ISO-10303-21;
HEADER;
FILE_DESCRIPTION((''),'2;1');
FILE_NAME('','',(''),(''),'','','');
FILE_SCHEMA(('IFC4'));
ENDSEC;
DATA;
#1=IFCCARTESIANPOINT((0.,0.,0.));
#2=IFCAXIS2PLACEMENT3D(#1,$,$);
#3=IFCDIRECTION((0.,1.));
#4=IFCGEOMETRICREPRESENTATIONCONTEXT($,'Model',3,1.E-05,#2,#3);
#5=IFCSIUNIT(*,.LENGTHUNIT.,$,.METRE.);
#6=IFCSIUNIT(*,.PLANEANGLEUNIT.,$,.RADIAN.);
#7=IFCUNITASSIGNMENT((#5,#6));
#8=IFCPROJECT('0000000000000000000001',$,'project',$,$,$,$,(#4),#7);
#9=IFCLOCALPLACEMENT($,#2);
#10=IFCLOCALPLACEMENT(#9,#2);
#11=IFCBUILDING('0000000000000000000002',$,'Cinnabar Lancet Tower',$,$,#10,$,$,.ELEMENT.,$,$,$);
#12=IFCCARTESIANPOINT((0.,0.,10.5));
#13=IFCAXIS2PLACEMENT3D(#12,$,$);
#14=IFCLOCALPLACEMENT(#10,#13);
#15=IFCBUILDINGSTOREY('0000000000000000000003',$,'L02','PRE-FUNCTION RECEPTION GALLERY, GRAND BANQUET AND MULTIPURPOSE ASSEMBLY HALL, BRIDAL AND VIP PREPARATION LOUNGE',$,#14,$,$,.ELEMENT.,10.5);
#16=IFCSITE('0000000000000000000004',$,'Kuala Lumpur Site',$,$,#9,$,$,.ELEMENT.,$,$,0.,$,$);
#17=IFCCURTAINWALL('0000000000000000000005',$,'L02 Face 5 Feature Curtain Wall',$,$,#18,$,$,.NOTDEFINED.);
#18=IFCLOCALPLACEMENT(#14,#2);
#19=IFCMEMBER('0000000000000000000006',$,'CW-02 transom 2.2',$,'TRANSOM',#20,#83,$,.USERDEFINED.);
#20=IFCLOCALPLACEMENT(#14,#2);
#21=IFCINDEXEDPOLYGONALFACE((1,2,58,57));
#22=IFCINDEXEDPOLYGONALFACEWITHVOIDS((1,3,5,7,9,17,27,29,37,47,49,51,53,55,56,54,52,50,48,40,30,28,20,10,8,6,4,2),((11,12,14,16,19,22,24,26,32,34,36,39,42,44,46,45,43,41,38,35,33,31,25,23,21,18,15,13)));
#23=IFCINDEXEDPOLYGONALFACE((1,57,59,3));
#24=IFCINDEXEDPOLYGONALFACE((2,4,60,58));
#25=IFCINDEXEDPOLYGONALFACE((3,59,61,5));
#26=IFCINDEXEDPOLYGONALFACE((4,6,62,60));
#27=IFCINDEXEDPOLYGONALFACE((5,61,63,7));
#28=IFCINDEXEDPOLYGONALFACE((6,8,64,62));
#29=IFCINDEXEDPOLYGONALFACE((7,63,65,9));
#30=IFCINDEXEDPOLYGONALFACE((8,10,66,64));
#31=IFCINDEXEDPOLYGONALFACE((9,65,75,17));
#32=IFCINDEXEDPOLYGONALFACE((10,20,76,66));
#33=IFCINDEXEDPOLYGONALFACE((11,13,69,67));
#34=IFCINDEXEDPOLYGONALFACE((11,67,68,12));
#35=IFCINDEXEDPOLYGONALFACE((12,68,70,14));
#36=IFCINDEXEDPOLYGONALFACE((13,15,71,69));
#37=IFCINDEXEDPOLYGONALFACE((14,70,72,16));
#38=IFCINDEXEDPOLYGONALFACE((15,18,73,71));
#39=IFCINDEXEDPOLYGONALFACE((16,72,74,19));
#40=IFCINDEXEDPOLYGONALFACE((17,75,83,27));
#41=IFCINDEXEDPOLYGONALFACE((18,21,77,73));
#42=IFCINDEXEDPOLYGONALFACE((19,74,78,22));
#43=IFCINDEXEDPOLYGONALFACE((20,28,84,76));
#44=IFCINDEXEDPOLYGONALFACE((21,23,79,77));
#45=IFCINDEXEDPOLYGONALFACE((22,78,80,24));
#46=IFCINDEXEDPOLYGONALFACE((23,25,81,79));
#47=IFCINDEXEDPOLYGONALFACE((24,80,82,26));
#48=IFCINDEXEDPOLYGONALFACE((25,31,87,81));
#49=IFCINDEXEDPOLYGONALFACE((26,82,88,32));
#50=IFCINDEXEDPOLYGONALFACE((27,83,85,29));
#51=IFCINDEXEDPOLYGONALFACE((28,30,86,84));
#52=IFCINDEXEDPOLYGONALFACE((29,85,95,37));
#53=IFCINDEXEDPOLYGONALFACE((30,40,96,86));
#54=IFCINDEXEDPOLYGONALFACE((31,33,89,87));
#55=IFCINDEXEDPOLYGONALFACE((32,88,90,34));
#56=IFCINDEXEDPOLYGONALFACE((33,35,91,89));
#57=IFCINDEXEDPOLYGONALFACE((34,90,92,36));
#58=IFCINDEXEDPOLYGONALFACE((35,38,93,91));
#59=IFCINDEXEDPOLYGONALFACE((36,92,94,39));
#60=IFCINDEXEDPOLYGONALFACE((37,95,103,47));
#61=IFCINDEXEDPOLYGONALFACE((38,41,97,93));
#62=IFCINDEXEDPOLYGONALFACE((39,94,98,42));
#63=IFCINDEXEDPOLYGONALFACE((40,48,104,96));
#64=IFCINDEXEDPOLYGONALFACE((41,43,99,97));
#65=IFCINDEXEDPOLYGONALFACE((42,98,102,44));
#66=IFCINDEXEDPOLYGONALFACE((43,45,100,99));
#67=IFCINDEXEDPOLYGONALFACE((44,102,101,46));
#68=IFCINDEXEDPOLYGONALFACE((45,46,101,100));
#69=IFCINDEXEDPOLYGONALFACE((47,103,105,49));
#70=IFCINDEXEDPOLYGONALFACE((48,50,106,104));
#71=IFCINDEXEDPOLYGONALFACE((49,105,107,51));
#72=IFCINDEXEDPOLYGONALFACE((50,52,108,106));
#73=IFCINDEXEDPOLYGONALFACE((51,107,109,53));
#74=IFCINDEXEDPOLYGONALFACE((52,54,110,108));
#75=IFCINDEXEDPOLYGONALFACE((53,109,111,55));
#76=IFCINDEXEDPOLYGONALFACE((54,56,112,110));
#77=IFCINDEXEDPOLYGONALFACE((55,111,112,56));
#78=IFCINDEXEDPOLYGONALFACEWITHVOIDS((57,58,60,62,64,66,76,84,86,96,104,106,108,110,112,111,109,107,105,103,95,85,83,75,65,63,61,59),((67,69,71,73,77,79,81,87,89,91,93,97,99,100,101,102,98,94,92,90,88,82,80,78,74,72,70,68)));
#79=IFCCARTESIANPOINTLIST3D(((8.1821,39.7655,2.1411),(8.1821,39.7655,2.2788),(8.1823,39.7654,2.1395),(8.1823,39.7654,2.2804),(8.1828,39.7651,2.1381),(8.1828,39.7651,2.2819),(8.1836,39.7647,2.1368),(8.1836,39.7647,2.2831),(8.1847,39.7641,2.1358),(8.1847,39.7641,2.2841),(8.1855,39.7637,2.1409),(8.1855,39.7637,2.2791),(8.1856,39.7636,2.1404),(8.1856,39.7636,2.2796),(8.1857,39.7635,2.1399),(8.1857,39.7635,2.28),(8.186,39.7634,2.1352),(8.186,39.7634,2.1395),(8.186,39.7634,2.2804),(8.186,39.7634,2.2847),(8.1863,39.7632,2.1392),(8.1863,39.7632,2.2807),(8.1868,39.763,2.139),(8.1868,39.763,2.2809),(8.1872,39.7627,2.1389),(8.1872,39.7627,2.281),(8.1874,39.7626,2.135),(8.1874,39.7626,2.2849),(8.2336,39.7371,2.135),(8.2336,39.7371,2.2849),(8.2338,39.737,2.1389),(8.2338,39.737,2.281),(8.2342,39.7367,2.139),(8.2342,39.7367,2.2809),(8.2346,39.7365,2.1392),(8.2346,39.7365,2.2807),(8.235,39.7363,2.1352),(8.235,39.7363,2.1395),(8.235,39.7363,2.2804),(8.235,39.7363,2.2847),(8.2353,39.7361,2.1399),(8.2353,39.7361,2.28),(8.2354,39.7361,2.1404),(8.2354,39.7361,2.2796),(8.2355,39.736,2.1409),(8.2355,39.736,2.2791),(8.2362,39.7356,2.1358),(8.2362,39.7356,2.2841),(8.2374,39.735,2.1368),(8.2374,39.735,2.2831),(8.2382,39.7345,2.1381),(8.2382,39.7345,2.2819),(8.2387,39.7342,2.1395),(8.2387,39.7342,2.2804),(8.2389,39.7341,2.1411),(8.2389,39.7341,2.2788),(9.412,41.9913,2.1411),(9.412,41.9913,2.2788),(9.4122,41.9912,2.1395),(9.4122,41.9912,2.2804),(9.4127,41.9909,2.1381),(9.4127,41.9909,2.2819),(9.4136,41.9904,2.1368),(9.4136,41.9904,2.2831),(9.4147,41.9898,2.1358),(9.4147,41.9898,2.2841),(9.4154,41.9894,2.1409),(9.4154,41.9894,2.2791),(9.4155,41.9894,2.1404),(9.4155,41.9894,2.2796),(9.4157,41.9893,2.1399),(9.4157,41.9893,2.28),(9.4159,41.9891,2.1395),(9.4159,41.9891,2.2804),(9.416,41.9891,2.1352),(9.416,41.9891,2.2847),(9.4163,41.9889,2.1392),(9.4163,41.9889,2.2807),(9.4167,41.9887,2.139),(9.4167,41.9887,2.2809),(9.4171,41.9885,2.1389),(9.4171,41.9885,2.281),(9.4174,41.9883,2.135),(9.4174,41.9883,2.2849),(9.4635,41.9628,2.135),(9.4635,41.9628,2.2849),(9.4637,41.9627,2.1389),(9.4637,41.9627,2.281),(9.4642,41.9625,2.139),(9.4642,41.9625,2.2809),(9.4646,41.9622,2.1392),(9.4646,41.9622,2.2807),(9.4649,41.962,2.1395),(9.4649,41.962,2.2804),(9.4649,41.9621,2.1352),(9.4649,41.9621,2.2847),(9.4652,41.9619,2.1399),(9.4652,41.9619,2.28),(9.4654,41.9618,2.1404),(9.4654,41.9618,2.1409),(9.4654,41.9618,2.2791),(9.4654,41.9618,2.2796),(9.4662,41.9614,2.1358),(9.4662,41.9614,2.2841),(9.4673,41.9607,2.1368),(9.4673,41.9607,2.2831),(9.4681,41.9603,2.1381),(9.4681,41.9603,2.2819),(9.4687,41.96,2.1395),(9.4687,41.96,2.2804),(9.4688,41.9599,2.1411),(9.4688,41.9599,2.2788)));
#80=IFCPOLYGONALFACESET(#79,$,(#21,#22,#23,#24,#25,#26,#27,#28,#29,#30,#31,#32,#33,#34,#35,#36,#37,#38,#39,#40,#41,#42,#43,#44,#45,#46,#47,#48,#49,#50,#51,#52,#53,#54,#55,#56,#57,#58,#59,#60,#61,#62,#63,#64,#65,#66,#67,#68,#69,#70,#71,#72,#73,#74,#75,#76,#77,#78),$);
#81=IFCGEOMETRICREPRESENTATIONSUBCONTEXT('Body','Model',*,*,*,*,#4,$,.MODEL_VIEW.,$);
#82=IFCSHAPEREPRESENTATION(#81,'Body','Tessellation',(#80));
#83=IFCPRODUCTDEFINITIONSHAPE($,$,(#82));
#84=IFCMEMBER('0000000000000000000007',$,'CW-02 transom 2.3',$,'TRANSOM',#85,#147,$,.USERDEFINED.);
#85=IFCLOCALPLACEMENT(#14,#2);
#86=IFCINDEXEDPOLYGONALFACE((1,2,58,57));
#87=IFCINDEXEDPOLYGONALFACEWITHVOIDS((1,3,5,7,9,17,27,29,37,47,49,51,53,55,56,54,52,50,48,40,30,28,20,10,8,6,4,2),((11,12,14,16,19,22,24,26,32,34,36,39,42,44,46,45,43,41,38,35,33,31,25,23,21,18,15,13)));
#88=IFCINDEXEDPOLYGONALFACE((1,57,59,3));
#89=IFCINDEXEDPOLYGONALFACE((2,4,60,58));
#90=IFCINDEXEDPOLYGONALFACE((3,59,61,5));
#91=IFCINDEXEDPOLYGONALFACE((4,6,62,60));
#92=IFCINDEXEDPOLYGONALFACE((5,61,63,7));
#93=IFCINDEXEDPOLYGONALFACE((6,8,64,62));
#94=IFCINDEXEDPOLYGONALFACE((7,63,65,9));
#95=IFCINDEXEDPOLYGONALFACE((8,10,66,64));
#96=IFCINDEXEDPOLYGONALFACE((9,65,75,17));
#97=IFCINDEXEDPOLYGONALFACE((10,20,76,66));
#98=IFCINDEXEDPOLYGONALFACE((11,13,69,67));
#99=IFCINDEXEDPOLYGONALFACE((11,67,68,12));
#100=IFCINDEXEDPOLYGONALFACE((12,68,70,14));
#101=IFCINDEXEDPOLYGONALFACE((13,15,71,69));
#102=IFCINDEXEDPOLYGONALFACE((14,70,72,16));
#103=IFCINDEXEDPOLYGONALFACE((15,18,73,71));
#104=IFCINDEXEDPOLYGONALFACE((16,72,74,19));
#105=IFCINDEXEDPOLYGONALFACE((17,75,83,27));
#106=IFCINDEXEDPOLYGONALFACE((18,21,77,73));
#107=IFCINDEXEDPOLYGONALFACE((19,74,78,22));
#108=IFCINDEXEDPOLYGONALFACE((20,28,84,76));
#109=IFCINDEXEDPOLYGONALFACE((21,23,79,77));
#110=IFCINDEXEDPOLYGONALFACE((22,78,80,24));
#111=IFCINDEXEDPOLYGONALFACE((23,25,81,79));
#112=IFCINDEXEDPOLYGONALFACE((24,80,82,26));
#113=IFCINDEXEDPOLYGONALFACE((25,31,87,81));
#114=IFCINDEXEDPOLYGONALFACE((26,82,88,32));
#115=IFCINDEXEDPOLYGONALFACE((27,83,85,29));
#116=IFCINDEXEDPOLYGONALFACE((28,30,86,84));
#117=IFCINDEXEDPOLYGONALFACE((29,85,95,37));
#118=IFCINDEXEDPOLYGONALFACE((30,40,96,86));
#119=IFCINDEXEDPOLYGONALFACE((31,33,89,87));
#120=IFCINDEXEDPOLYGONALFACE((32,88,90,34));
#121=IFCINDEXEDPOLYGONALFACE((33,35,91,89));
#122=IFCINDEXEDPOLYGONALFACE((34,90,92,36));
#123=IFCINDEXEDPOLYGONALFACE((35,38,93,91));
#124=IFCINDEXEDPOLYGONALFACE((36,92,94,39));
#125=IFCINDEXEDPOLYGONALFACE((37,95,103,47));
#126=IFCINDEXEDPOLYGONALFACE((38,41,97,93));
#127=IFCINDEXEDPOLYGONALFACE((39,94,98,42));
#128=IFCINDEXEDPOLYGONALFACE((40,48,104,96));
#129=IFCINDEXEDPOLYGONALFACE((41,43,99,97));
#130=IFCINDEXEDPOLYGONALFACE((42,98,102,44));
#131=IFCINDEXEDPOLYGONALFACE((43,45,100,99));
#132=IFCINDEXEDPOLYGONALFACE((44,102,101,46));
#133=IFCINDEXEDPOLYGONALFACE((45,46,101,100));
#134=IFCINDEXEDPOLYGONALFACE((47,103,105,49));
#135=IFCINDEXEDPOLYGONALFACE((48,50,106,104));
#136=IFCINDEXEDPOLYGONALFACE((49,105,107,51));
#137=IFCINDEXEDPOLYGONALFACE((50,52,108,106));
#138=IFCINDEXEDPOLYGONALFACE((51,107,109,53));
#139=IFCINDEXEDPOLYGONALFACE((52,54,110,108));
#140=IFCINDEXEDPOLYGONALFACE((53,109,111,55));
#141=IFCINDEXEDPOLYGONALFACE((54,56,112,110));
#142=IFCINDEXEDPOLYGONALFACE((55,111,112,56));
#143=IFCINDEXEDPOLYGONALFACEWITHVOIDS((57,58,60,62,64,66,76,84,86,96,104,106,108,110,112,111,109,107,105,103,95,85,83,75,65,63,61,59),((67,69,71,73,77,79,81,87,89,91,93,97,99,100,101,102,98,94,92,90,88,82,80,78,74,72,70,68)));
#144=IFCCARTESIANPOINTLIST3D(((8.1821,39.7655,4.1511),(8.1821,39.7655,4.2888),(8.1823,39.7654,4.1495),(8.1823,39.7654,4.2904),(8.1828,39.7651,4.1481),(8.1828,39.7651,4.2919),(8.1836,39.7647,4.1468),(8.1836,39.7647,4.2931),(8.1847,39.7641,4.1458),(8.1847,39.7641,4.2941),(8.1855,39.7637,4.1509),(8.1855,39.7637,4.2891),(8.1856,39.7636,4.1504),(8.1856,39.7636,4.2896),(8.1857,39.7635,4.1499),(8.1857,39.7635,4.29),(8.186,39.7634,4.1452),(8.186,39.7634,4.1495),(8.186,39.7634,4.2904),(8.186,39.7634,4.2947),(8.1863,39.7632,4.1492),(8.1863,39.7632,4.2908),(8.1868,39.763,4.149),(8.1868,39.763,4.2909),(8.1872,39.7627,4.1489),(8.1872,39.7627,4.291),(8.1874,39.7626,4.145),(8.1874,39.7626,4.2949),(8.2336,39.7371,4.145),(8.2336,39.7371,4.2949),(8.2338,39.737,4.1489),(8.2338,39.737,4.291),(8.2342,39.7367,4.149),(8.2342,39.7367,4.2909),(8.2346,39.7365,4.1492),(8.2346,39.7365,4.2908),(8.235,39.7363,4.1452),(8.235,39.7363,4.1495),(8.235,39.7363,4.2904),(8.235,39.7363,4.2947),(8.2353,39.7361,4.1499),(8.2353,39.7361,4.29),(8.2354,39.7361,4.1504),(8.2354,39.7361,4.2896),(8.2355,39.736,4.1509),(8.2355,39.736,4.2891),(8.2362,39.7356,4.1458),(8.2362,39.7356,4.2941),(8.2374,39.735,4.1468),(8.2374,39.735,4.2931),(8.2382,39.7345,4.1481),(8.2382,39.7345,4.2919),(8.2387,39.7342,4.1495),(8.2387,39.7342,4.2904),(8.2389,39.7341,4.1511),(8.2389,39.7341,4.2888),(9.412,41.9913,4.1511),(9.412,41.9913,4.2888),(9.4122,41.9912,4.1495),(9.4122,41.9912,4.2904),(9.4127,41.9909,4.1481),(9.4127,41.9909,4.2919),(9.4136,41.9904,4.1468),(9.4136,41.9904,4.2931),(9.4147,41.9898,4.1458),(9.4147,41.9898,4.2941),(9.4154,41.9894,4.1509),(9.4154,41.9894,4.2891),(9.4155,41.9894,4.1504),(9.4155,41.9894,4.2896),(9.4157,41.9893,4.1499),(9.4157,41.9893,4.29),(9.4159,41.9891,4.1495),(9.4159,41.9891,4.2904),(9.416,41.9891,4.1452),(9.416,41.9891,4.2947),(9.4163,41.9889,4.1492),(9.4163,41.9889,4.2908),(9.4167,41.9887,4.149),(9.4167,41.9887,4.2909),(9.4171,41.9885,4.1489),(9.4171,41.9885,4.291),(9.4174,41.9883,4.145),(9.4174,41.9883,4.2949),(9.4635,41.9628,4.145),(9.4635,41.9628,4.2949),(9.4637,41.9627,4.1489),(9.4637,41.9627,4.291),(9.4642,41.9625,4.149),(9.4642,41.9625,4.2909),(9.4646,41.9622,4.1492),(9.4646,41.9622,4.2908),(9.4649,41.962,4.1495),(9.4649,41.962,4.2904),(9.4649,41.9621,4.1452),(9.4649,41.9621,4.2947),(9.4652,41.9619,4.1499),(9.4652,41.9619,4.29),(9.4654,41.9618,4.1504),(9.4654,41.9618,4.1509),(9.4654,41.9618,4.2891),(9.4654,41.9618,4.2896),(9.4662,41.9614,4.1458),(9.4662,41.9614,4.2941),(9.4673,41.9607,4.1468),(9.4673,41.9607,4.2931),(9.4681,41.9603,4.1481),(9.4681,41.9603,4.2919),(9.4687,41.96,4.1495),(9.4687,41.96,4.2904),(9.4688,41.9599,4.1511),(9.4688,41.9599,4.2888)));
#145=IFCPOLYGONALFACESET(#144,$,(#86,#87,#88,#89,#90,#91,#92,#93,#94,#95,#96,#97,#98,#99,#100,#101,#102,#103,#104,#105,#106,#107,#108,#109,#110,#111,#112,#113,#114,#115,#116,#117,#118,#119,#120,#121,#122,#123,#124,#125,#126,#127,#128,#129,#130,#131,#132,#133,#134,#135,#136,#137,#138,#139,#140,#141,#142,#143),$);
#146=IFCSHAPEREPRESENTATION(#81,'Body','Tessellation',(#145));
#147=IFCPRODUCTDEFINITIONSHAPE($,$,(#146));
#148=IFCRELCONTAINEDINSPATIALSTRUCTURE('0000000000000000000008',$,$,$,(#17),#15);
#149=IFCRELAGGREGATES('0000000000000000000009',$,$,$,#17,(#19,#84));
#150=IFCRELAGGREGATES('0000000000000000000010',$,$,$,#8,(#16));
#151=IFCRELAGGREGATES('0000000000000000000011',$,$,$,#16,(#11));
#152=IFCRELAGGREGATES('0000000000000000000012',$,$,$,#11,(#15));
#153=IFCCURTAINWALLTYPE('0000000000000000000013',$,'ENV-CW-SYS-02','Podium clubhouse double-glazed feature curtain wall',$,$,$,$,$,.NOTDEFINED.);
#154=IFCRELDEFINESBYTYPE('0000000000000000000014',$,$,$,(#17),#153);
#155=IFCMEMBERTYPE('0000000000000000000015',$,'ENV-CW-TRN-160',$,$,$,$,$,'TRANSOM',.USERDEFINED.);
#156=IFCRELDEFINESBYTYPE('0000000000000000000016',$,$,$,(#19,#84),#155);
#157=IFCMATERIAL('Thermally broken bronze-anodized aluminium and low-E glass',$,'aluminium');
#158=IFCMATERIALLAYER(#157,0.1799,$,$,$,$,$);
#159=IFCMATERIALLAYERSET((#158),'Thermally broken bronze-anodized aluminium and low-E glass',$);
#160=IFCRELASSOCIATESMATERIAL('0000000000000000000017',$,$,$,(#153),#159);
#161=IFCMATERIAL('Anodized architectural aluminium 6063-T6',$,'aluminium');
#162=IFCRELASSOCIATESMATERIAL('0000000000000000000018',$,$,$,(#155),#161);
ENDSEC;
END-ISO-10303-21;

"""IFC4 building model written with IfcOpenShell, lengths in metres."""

from ifc_helpers import new_model, si_unit, direction, frame, origin, origin_2d, place, context, subcontext, project, spatial, hollow_rectangle, extrude, material, layer, layer_set, material_profile, profile_set, type_object, element, aggregate, save


model = new_model("IFC4")

# Units and contexts
model_context = context("Model", 3, precision=1e-05, world=origin(), true_north=direction((0.0, 1.0)))
body_context = subcontext(model_context, "Body", "Model", "MODEL_VIEW")
ifc_project = project(units=[si_unit("LENGTHUNIT", "METRE"), si_unit("PLANEANGLEUNIT", "RADIAN")], contexts=[model_context])

# Site, building, storey
site_placement = place(None, origin())
site = spatial("IfcSite", under=ifc_project, at=site_placement, Name="Kuala Lumpur Site", CompositionType="ELEMENT", RefElevation=0.0)
building_placement = place(site_placement, origin())
building = spatial("IfcBuilding", under=site, at=building_placement, Name="Cinnabar Lancet Tower", CompositionType="ELEMENT")
storey_placement = place(building_placement, frame((0.0, 0.0, 10.5)))
storey = spatial("IfcBuildingStorey", under=building, at=storey_placement, Name="L02", Description="PRE-FUNCTION RECEPTION GALLERY, GRAND BANQUET AND MULTIPURPOSE ASSEMBLY HALL, BRIDAL AND VIP PREPARATION LOUNGE", CompositionType="ELEMENT", Elevation=10.5)

# Curtain wall, members
ifc_material_1 = material(Name="Thermally broken bronze-anodized aluminium and low-E glass", Category="aluminium")
ifc_layer_1 = layer(ifc_material_1, 0.1799)
ifc_layer_set_1 = layer_set([ifc_layer_1], Name="Thermally broken bronze-anodized aluminium and low-E glass")
curtain_wall_type = type_object("IfcCurtainWallType", Name="ENV-CW-SYS-02", Description="Podium clubhouse double-glazed feature curtain wall", PredefinedType="NOTDEFINED", material=ifc_layer_set_1)
curtain_wall_placement = place(storey_placement, origin())
curtain_wall = element("IfcCurtainWall", 1, at=curtain_wall_placement, inside=storey, type_object=curtain_wall_type, Name="L02 Face 5 Feature Curtain Wall", PredefinedType="NOTDEFINED")
ifc_material_2 = material(Name="Anodized architectural aluminium 6063-T6", Category="aluminium")
ifc_material_profile_1 = material_profile(ifc_material_2, hollow_rectangle(XDim=0.0649, YDim=0.1499, WallThickness=0.0039, InnerFilletRadius=0.002, OuterFilletRadius=0.0061, at=origin_2d()), Name="CW-TRN 150x65x4")
ifc_profile_set_1 = profile_set([ifc_material_profile_1], Name="Anodized architectural aluminium 6063-T6")
member_type_1 = type_object("IfcMemberType", Name="ENV-CW-TRN-160", ElementType="TRANSOM", PredefinedType="USERDEFINED", material=ifc_profile_set_1)
member_1_placement = place(storey_placement, frame((9.4404, 41.9756, 2.21), z_axis=(-0.483661, -0.875255, 0.0), x_axis=(0.875255, -0.483661, 0.0)))
member_1 = element("IfcMember", 2, at=member_1_placement, type_object=member_type_1, Name="CW-02 transom 2.2", ObjectType="TRANSOM", PredefinedType="USERDEFINED", context=body_context, shape_type="SweptSolid", body=[
    extrude(hollow_rectangle(XDim=0.0649, YDim=0.1499, WallThickness=0.0039, InnerFilletRadius=0.002, OuterFilletRadius=0.0061, at=origin_2d()), origin(), (0.0, 0.0, 1.0), 2.543),
])
member_2_placement = place(storey_placement, frame((9.4404, 41.9756, 4.22), z_axis=(-0.483661, -0.875255, 0.0), x_axis=(0.875255, -0.483661, 0.0)))
member_2 = element("IfcMember", 3, at=member_2_placement, type_object=member_type_1, Name="CW-02 transom 2.3", ObjectType="TRANSOM", PredefinedType="USERDEFINED", context=body_context, shape_type="SweptSolid", body=[
    extrude(hollow_rectangle(XDim=0.0649, YDim=0.1499, WallThickness=0.0039, InnerFilletRadius=0.002, OuterFilletRadius=0.0061, at=origin_2d()), origin(), (0.0, 0.0, 1.0), 2.543),
])

aggregate(curtain_wall, [member_1, member_2])

save(model, "model.ifc")
